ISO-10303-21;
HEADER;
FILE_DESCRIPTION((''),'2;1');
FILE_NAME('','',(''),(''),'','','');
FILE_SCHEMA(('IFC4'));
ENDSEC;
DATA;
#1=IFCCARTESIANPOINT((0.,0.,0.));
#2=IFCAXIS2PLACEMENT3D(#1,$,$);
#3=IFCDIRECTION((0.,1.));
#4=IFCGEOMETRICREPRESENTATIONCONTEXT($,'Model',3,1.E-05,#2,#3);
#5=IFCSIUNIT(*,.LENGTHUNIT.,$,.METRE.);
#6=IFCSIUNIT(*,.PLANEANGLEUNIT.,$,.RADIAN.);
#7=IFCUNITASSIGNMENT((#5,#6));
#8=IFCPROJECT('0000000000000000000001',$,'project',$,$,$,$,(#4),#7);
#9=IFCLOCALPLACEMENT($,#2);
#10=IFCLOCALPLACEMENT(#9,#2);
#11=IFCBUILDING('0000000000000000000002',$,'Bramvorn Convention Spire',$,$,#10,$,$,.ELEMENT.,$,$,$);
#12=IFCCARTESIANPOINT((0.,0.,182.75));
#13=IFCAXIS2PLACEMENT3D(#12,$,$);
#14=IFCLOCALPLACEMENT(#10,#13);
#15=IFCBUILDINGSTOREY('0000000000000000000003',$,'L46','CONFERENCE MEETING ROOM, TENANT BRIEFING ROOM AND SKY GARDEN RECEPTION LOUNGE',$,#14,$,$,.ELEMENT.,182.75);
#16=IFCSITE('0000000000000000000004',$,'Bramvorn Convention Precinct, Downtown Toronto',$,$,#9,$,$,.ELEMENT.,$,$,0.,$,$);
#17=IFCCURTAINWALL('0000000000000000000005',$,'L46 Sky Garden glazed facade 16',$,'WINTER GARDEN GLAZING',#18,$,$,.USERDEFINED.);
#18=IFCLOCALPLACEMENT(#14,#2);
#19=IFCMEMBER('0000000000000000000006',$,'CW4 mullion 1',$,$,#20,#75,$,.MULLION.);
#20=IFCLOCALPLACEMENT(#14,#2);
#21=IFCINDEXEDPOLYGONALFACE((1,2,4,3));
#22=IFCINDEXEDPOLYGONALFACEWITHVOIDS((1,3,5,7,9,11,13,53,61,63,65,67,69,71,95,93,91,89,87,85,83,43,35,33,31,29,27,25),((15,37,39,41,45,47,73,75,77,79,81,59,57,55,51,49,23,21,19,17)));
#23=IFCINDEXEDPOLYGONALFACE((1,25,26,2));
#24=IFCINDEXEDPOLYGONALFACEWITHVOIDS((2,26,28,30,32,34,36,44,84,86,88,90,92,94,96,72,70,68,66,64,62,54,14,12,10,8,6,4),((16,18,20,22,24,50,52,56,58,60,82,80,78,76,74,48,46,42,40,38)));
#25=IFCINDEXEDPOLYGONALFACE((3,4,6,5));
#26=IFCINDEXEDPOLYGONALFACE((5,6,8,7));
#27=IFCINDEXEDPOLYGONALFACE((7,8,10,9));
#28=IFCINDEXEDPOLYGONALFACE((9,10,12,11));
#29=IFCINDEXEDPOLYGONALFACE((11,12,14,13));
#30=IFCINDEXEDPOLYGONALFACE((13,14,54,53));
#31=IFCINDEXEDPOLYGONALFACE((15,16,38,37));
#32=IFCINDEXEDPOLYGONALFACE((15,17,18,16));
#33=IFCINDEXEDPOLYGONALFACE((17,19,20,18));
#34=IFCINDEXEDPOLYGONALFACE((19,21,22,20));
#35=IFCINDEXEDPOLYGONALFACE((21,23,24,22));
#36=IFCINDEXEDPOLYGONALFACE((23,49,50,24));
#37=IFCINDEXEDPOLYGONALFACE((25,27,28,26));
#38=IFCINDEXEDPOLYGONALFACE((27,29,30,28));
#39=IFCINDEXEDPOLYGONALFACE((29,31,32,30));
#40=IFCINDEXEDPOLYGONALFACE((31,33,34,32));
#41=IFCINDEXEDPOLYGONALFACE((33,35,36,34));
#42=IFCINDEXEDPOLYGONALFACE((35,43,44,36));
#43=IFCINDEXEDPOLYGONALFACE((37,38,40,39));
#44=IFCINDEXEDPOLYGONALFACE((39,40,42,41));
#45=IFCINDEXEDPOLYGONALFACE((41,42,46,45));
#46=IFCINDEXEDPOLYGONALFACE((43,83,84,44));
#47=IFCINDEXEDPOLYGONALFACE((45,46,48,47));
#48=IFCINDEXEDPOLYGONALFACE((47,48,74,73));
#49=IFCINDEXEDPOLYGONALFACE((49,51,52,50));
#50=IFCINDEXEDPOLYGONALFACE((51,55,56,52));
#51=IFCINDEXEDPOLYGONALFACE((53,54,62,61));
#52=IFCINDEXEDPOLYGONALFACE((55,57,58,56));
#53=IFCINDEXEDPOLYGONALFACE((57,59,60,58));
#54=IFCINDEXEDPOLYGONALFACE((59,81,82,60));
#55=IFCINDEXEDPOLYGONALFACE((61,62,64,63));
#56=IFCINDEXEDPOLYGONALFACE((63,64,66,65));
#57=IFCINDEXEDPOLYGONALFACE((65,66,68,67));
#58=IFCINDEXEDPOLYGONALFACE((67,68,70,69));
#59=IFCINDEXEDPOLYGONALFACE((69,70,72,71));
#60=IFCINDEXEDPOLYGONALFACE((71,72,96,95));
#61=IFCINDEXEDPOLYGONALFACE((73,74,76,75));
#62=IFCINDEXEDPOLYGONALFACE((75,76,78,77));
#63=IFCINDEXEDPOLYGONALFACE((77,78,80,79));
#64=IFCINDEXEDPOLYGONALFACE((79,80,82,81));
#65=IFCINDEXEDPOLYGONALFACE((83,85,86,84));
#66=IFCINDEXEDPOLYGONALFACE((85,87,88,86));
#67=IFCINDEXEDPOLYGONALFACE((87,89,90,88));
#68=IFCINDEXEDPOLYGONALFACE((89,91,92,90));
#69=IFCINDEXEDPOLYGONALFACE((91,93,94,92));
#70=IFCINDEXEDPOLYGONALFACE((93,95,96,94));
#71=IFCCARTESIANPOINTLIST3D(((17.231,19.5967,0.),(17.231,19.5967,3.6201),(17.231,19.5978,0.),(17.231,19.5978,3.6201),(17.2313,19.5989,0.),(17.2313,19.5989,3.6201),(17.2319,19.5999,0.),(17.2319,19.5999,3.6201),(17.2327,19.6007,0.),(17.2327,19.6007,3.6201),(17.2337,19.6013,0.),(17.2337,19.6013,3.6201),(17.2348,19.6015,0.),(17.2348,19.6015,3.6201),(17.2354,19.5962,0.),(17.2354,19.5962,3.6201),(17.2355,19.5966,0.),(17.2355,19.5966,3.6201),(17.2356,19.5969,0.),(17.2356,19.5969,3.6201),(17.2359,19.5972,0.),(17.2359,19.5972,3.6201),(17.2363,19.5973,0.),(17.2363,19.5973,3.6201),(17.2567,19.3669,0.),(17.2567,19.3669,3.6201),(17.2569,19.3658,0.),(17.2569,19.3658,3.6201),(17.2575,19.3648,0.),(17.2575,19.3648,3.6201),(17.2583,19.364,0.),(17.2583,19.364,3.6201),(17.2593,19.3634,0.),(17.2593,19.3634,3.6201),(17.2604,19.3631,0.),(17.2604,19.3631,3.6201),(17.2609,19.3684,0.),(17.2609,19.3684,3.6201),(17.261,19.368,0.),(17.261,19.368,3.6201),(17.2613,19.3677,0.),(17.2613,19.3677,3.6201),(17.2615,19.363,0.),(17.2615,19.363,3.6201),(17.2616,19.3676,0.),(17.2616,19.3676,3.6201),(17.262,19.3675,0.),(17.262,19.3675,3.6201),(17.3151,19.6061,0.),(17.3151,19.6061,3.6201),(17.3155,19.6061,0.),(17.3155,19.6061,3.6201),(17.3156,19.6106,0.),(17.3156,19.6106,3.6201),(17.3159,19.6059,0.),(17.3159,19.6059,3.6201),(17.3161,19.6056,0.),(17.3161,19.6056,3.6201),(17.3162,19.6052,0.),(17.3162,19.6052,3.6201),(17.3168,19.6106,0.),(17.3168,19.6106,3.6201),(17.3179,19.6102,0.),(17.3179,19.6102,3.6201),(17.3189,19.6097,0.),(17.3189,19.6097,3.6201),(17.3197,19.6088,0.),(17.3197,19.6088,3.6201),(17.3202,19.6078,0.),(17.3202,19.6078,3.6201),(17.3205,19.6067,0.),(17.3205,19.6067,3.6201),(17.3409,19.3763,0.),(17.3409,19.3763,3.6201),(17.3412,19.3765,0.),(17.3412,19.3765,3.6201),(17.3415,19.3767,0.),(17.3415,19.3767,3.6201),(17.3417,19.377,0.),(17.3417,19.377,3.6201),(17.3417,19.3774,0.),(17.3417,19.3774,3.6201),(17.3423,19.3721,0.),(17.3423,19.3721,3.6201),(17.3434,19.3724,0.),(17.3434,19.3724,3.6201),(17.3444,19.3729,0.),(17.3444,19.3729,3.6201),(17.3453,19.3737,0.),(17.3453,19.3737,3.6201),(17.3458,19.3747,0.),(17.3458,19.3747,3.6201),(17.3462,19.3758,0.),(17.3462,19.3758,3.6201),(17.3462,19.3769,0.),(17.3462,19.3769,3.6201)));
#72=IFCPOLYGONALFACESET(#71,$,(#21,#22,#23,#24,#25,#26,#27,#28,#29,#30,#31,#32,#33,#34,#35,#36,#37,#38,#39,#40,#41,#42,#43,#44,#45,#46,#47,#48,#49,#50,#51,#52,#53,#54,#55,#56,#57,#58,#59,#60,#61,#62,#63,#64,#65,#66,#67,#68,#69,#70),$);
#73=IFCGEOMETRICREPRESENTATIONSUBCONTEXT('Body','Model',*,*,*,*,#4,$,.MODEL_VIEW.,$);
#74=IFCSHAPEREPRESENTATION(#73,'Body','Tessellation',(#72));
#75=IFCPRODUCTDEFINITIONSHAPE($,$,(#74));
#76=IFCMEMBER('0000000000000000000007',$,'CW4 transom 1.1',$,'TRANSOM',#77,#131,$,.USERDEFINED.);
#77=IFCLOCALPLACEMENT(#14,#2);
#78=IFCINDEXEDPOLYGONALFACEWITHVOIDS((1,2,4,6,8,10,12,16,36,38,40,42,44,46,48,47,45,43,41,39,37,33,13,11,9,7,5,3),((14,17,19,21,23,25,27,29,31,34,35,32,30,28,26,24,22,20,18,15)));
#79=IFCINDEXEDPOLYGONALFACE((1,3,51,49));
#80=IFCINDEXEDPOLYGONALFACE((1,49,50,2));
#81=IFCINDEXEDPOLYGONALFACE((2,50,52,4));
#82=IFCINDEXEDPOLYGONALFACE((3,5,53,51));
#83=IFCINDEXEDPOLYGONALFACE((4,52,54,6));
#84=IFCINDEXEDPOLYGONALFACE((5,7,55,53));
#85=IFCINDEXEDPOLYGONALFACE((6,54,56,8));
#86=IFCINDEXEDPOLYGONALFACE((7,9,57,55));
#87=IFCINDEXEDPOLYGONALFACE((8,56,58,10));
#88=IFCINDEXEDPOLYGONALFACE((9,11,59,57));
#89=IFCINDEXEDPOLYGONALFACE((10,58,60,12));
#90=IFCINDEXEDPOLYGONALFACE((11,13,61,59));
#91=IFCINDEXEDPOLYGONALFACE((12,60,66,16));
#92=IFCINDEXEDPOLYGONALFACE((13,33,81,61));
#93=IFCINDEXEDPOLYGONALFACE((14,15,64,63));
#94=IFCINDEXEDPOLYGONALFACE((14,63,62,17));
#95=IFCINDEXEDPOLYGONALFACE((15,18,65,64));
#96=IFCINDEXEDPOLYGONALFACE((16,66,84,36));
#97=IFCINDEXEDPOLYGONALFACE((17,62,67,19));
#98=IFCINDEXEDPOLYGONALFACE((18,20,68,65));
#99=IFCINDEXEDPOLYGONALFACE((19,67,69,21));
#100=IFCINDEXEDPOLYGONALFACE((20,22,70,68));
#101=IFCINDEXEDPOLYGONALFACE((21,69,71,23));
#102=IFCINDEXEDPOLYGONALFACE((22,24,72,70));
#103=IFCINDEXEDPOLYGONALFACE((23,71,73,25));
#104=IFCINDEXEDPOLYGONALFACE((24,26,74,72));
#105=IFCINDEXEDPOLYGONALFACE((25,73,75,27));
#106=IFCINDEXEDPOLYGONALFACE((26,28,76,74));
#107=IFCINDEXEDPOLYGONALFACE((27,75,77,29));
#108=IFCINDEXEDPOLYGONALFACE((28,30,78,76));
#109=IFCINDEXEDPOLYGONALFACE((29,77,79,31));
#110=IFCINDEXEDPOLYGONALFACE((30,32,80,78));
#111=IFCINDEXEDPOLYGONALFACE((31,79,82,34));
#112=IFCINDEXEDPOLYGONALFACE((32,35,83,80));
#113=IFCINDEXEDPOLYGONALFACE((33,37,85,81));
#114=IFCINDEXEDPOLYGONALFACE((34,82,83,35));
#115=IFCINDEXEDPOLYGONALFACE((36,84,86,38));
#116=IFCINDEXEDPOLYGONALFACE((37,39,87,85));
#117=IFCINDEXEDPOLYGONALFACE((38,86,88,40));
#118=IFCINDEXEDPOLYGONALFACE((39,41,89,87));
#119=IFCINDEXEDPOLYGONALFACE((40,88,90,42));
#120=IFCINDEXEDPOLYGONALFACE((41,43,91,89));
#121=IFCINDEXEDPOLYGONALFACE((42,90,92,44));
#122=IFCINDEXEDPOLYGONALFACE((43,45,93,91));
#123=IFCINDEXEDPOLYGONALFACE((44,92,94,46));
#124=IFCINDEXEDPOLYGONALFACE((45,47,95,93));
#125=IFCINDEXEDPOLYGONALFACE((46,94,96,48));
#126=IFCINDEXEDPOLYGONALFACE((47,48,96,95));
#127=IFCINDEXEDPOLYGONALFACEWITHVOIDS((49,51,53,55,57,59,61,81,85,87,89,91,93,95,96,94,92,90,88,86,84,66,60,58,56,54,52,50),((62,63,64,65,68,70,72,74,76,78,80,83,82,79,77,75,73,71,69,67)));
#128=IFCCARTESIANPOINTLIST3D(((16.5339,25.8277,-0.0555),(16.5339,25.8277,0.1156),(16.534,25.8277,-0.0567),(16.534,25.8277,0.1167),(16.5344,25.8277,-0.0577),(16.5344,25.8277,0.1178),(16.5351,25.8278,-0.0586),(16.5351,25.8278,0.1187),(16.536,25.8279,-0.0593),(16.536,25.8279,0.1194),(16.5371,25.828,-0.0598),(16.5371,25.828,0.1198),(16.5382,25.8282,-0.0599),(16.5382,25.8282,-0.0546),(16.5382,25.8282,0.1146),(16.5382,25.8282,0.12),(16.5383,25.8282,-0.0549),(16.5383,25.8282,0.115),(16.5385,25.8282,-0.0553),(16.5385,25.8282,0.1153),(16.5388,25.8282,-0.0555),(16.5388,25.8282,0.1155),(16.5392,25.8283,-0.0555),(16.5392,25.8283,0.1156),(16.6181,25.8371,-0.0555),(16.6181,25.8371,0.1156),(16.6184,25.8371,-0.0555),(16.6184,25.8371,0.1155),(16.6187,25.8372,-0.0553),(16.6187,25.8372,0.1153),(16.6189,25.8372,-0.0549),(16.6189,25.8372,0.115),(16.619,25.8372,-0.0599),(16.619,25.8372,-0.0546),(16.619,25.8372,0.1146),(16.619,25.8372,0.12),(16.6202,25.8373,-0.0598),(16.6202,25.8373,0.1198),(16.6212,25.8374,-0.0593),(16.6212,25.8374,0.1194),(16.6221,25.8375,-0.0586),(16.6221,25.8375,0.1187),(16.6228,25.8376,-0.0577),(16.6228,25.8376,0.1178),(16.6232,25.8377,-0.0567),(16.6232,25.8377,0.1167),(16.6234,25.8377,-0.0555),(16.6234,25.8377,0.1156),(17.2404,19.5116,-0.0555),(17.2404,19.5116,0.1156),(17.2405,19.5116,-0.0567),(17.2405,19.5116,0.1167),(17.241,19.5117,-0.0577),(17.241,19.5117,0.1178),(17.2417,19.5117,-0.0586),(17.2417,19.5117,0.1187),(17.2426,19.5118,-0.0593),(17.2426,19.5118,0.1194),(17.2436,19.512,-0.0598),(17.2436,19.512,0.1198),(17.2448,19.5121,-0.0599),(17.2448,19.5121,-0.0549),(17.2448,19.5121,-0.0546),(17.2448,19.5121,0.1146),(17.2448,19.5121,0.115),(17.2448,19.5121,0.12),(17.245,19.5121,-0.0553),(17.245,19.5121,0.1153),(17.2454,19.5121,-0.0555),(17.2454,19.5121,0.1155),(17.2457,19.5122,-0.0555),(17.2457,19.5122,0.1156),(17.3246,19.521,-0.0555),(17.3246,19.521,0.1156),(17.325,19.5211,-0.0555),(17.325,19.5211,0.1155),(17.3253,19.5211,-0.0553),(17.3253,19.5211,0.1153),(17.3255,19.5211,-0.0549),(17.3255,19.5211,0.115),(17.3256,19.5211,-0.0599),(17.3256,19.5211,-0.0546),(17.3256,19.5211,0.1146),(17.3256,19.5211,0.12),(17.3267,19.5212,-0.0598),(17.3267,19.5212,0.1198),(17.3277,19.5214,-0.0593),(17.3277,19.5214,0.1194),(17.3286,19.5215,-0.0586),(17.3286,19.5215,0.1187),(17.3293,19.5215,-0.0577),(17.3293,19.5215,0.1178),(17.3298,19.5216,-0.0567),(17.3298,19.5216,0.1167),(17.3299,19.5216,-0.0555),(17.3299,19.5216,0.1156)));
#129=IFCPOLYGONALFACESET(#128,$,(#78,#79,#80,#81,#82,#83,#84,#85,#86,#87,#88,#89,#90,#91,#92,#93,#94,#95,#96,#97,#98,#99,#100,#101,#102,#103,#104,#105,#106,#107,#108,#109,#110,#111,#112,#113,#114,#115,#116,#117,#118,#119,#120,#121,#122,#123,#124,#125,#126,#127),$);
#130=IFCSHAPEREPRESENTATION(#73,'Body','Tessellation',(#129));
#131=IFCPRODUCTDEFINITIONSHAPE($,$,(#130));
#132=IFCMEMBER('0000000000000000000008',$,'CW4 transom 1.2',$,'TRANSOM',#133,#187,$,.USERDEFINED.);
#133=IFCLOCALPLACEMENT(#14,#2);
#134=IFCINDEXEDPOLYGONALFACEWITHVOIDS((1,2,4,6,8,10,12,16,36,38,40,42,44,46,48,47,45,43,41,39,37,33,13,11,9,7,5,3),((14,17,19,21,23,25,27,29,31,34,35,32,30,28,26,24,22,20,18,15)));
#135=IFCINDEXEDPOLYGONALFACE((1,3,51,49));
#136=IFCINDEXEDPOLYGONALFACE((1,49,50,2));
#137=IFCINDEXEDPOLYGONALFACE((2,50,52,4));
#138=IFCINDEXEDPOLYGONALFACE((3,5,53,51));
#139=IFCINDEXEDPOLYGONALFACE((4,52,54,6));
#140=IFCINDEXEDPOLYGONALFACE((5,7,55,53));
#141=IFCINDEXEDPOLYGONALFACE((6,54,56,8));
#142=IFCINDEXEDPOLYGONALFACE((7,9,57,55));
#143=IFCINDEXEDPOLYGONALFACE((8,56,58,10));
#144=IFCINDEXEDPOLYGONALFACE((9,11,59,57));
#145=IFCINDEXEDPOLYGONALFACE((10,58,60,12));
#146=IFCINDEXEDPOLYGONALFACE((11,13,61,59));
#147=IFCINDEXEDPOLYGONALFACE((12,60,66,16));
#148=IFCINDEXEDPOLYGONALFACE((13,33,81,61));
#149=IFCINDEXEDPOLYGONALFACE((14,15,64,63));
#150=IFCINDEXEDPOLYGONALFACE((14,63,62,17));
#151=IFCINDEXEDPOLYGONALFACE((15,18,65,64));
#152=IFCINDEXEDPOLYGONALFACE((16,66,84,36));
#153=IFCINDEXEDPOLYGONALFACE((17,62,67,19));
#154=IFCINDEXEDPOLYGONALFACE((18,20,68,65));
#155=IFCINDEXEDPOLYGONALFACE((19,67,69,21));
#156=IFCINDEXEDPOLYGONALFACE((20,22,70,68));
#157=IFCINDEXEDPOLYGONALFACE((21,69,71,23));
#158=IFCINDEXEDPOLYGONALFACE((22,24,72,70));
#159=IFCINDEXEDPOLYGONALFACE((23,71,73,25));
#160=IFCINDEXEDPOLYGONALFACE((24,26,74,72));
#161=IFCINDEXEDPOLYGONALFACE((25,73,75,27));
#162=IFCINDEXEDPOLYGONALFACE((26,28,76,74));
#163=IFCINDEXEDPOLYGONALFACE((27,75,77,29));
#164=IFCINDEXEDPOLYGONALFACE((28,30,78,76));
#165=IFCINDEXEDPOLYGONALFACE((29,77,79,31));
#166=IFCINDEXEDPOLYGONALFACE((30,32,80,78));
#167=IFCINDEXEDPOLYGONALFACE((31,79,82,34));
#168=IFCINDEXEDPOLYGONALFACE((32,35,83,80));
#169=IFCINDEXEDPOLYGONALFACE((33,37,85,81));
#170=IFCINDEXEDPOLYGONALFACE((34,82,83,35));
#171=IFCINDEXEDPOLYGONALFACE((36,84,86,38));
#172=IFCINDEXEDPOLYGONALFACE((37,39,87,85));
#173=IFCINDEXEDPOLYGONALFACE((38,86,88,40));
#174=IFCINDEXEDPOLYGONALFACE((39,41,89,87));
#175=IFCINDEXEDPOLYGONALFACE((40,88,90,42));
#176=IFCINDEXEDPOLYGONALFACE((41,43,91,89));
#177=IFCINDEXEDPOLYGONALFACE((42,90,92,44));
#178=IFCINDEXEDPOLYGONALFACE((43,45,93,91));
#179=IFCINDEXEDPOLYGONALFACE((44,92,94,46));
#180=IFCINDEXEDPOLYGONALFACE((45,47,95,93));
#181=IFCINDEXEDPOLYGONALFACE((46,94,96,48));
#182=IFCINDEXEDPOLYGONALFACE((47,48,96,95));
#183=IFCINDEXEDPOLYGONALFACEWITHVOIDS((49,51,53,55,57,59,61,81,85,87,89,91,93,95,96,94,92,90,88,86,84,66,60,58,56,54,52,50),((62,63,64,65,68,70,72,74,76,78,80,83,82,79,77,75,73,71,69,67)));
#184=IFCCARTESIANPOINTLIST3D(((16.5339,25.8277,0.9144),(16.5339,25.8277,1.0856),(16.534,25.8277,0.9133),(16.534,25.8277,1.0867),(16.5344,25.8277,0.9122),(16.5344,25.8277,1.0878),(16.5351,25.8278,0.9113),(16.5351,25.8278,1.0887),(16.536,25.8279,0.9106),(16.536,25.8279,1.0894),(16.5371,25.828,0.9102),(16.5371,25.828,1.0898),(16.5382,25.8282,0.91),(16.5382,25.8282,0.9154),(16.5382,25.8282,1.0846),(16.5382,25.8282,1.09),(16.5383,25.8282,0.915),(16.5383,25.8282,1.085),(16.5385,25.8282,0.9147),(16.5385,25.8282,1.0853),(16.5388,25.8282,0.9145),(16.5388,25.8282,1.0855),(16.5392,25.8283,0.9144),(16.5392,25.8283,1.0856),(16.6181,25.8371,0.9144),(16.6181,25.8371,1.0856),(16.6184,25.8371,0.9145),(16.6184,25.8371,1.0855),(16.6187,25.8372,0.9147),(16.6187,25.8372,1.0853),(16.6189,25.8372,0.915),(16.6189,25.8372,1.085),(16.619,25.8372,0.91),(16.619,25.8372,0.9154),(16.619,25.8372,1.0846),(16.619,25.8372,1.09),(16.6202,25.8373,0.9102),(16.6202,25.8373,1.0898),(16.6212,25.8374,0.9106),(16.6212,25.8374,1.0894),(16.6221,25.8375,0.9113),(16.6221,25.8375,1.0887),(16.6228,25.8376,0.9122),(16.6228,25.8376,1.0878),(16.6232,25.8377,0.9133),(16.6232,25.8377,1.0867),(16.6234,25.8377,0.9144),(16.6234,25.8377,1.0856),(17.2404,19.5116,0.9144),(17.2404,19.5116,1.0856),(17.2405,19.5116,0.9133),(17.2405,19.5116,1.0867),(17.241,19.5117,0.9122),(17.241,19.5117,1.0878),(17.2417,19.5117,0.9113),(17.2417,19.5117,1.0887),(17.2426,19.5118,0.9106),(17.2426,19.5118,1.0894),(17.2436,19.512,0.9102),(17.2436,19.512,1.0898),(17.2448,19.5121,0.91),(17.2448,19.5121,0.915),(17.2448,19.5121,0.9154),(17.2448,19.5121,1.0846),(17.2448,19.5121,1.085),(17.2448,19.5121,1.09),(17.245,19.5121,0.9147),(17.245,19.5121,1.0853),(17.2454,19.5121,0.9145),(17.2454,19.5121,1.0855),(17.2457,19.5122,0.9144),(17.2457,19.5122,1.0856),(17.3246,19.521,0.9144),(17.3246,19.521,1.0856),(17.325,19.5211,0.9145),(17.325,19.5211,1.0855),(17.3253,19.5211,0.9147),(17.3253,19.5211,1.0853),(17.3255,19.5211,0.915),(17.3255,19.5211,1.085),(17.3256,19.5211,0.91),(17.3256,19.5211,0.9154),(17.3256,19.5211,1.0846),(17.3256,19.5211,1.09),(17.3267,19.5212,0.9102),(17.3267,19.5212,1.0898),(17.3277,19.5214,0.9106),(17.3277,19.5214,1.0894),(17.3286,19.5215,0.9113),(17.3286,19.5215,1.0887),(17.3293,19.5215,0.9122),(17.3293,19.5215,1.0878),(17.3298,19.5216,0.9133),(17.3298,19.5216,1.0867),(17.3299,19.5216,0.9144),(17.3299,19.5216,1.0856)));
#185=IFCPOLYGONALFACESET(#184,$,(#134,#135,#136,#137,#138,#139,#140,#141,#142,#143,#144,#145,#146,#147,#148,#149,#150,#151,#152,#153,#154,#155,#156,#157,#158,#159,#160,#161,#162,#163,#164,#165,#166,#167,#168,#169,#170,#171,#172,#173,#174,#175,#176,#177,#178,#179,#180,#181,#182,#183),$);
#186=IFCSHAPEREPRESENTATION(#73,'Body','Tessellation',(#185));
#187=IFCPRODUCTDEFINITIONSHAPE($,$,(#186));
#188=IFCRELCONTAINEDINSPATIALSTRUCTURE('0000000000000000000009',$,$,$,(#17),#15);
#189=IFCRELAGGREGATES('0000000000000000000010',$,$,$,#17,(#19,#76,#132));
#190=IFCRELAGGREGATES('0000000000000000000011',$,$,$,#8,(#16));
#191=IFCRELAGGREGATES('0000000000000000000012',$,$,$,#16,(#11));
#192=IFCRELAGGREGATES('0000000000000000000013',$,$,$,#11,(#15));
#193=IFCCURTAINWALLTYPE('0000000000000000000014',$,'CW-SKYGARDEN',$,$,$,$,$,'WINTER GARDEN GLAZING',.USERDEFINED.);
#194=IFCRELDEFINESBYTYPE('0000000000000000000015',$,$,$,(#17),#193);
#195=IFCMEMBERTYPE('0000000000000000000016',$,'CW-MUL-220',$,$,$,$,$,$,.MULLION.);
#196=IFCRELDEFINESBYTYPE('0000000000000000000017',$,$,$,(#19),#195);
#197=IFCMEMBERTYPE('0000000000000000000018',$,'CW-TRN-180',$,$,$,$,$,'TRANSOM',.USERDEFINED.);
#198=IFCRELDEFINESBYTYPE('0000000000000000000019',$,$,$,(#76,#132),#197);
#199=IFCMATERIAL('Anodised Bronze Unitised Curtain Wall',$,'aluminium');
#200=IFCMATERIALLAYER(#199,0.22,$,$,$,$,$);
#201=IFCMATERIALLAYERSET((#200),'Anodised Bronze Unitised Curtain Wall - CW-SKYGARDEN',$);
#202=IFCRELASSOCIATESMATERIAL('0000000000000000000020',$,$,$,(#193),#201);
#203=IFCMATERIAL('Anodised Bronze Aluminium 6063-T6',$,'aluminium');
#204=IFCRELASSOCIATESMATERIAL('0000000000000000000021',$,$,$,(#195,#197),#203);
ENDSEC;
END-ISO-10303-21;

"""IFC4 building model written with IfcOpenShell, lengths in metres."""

from ifc_helpers import new_model, si_unit, direction, frame, origin, origin_2d, place, context, subcontext, project, spatial, hollow_rectangle, extrude, material, layer, layer_set, material_profile, profile_set, type_object, element, aggregate, save


model = new_model("IFC4")

# Units and contexts
model_context = context("Model", 3, precision=1e-05, world=origin(), true_north=direction((0.0, 1.0)))
body_context = subcontext(model_context, "Body", "Model", "MODEL_VIEW")
ifc_project = project(units=[si_unit("LENGTHUNIT", "METRE"), si_unit("PLANEANGLEUNIT", "RADIAN")], contexts=[model_context])

# Site, building, storey
site_placement = place(None, origin())
site = spatial("IfcSite", under=ifc_project, at=site_placement, Name="Bramvorn Convention Precinct, Downtown Toronto", CompositionType="ELEMENT", RefElevation=0.0)
building_placement = place(site_placement, origin())
building = spatial("IfcBuilding", under=site, at=building_placement, Name="Bramvorn Convention Spire", CompositionType="ELEMENT")
storey_placement = place(building_placement, frame((0.0, 0.0, 182.75)))
storey = spatial("IfcBuildingStorey", under=building, at=storey_placement, Name="L46", Description="CONFERENCE MEETING ROOM, TENANT BRIEFING ROOM AND SKY GARDEN RECEPTION LOUNGE", CompositionType="ELEMENT", Elevation=182.75)

# Curtain wall, members
ifc_material_1 = material(Name="Anodised Bronze Unitised Curtain Wall", Category="aluminium")
ifc_layer_1 = layer(ifc_material_1, 0.22)
ifc_layer_set_1 = layer_set([ifc_layer_1], Name="Anodised Bronze Unitised Curtain Wall - CW-SKYGARDEN")
curtain_wall_type = type_object("IfcCurtainWallType", Name="CW-SKYGARDEN", ElementType="WINTER GARDEN GLAZING", PredefinedType="USERDEFINED", material=ifc_layer_set_1)
curtain_wall_placement = place(storey_placement, origin())
curtain_wall = element("IfcCurtainWall", 1, at=curtain_wall_placement, inside=storey, type_object=curtain_wall_type, Name="L46 Sky Garden glazed facade 16", ObjectType="WINTER GARDEN GLAZING", PredefinedType="USERDEFINED")
ifc_material_2 = material(Name="Anodised Bronze Aluminium 6063-T6", Category="aluminium")
ifc_material_profile_1 = material_profile(ifc_material_2, hollow_rectangle(XDim=0.0901, YDim=0.24, WallThickness=0.0044, InnerFilletRadius=0.001, OuterFilletRadius=0.0044, at=origin_2d()))
ifc_profile_set_1 = profile_set([ifc_material_profile_1], Name="Anodised Bronze Aluminium 6063-T6 - CWM90X240")
member_type_1 = type_object("IfcMemberType", Name="CW-MUL-220", PredefinedType="MULLION", material=ifc_profile_set_1)
member_1_placement = place(storey_placement, frame((17.2886, 19.4868, 0.0), z_axis=(0.0, 0.0, 1.0), x_axis=(-0.993801, -0.111174, 0.0)))
member_1 = element("IfcMember", 2, at=member_1_placement, type_object=member_type_1, Name="CW4 mullion 1", PredefinedType="MULLION", context=body_context, shape_type="SweptSolid", body=[
    extrude(hollow_rectangle(XDim=0.0901, YDim=0.24, WallThickness=0.0044, InnerFilletRadius=0.001, OuterFilletRadius=0.0044, at=origin_2d()), origin(), (0.0, 0.0, 1.0), 3.6201),
])
ifc_material_profile_2 = material_profile(ifc_material_2, hollow_rectangle(XDim=0.0901, YDim=0.1799, WallThickness=0.0044, InnerFilletRadius=0.001, OuterFilletRadius=0.0044, at=origin_2d()))
ifc_profile_set_2 = profile_set([ifc_material_profile_2], Name="Anodised Bronze Aluminium 6063-T6 - CWT90X180")
member_type_2 = type_object("IfcMemberType", Name="CW-TRN-180", ElementType="TRANSOM", PredefinedType="USERDEFINED", material=ifc_profile_set_2)
member_2_placement = place(storey_placement, frame((17.2852, 19.5166, 0.03), z_axis=(-0.111169, 0.993801, 0.0), x_axis=(-0.993801, -0.111169, 0.0)))
member_2 = element("IfcMember", 3, at=member_2_placement, type_object=member_type_2, Name="CW4 transom 1.1", ObjectType="TRANSOM", PredefinedType="USERDEFINED", context=body_context, shape_type="SweptSolid", body=[
    extrude(hollow_rectangle(XDim=0.0901, YDim=0.1799, WallThickness=0.0044, InnerFilletRadius=0.001, OuterFilletRadius=0.0044, at=origin_2d()), origin(), (0.0, 0.0, 1.0), 6.3555),
])
member_3_placement = place(storey_placement, frame((17.2852, 19.5166, 1.0), z_axis=(-0.111169, 0.993801, 0.0), x_axis=(-0.993801, -0.111169, 0.0)))
member_3 = element("IfcMember", 4, at=member_3_placement, type_object=member_type_2, Name="CW4 transom 1.2", ObjectType="TRANSOM", PredefinedType="USERDEFINED", context=body_context, shape_type="SweptSolid", body=[
    extrude(hollow_rectangle(XDim=0.0901, YDim=0.1799, WallThickness=0.0044, InnerFilletRadius=0.001, OuterFilletRadius=0.0044, at=origin_2d()), origin(), (0.0, 0.0, 1.0), 6.3555),
])

aggregate(curtain_wall, [member_1, member_2, member_3])

save(model, "model.ifc")
